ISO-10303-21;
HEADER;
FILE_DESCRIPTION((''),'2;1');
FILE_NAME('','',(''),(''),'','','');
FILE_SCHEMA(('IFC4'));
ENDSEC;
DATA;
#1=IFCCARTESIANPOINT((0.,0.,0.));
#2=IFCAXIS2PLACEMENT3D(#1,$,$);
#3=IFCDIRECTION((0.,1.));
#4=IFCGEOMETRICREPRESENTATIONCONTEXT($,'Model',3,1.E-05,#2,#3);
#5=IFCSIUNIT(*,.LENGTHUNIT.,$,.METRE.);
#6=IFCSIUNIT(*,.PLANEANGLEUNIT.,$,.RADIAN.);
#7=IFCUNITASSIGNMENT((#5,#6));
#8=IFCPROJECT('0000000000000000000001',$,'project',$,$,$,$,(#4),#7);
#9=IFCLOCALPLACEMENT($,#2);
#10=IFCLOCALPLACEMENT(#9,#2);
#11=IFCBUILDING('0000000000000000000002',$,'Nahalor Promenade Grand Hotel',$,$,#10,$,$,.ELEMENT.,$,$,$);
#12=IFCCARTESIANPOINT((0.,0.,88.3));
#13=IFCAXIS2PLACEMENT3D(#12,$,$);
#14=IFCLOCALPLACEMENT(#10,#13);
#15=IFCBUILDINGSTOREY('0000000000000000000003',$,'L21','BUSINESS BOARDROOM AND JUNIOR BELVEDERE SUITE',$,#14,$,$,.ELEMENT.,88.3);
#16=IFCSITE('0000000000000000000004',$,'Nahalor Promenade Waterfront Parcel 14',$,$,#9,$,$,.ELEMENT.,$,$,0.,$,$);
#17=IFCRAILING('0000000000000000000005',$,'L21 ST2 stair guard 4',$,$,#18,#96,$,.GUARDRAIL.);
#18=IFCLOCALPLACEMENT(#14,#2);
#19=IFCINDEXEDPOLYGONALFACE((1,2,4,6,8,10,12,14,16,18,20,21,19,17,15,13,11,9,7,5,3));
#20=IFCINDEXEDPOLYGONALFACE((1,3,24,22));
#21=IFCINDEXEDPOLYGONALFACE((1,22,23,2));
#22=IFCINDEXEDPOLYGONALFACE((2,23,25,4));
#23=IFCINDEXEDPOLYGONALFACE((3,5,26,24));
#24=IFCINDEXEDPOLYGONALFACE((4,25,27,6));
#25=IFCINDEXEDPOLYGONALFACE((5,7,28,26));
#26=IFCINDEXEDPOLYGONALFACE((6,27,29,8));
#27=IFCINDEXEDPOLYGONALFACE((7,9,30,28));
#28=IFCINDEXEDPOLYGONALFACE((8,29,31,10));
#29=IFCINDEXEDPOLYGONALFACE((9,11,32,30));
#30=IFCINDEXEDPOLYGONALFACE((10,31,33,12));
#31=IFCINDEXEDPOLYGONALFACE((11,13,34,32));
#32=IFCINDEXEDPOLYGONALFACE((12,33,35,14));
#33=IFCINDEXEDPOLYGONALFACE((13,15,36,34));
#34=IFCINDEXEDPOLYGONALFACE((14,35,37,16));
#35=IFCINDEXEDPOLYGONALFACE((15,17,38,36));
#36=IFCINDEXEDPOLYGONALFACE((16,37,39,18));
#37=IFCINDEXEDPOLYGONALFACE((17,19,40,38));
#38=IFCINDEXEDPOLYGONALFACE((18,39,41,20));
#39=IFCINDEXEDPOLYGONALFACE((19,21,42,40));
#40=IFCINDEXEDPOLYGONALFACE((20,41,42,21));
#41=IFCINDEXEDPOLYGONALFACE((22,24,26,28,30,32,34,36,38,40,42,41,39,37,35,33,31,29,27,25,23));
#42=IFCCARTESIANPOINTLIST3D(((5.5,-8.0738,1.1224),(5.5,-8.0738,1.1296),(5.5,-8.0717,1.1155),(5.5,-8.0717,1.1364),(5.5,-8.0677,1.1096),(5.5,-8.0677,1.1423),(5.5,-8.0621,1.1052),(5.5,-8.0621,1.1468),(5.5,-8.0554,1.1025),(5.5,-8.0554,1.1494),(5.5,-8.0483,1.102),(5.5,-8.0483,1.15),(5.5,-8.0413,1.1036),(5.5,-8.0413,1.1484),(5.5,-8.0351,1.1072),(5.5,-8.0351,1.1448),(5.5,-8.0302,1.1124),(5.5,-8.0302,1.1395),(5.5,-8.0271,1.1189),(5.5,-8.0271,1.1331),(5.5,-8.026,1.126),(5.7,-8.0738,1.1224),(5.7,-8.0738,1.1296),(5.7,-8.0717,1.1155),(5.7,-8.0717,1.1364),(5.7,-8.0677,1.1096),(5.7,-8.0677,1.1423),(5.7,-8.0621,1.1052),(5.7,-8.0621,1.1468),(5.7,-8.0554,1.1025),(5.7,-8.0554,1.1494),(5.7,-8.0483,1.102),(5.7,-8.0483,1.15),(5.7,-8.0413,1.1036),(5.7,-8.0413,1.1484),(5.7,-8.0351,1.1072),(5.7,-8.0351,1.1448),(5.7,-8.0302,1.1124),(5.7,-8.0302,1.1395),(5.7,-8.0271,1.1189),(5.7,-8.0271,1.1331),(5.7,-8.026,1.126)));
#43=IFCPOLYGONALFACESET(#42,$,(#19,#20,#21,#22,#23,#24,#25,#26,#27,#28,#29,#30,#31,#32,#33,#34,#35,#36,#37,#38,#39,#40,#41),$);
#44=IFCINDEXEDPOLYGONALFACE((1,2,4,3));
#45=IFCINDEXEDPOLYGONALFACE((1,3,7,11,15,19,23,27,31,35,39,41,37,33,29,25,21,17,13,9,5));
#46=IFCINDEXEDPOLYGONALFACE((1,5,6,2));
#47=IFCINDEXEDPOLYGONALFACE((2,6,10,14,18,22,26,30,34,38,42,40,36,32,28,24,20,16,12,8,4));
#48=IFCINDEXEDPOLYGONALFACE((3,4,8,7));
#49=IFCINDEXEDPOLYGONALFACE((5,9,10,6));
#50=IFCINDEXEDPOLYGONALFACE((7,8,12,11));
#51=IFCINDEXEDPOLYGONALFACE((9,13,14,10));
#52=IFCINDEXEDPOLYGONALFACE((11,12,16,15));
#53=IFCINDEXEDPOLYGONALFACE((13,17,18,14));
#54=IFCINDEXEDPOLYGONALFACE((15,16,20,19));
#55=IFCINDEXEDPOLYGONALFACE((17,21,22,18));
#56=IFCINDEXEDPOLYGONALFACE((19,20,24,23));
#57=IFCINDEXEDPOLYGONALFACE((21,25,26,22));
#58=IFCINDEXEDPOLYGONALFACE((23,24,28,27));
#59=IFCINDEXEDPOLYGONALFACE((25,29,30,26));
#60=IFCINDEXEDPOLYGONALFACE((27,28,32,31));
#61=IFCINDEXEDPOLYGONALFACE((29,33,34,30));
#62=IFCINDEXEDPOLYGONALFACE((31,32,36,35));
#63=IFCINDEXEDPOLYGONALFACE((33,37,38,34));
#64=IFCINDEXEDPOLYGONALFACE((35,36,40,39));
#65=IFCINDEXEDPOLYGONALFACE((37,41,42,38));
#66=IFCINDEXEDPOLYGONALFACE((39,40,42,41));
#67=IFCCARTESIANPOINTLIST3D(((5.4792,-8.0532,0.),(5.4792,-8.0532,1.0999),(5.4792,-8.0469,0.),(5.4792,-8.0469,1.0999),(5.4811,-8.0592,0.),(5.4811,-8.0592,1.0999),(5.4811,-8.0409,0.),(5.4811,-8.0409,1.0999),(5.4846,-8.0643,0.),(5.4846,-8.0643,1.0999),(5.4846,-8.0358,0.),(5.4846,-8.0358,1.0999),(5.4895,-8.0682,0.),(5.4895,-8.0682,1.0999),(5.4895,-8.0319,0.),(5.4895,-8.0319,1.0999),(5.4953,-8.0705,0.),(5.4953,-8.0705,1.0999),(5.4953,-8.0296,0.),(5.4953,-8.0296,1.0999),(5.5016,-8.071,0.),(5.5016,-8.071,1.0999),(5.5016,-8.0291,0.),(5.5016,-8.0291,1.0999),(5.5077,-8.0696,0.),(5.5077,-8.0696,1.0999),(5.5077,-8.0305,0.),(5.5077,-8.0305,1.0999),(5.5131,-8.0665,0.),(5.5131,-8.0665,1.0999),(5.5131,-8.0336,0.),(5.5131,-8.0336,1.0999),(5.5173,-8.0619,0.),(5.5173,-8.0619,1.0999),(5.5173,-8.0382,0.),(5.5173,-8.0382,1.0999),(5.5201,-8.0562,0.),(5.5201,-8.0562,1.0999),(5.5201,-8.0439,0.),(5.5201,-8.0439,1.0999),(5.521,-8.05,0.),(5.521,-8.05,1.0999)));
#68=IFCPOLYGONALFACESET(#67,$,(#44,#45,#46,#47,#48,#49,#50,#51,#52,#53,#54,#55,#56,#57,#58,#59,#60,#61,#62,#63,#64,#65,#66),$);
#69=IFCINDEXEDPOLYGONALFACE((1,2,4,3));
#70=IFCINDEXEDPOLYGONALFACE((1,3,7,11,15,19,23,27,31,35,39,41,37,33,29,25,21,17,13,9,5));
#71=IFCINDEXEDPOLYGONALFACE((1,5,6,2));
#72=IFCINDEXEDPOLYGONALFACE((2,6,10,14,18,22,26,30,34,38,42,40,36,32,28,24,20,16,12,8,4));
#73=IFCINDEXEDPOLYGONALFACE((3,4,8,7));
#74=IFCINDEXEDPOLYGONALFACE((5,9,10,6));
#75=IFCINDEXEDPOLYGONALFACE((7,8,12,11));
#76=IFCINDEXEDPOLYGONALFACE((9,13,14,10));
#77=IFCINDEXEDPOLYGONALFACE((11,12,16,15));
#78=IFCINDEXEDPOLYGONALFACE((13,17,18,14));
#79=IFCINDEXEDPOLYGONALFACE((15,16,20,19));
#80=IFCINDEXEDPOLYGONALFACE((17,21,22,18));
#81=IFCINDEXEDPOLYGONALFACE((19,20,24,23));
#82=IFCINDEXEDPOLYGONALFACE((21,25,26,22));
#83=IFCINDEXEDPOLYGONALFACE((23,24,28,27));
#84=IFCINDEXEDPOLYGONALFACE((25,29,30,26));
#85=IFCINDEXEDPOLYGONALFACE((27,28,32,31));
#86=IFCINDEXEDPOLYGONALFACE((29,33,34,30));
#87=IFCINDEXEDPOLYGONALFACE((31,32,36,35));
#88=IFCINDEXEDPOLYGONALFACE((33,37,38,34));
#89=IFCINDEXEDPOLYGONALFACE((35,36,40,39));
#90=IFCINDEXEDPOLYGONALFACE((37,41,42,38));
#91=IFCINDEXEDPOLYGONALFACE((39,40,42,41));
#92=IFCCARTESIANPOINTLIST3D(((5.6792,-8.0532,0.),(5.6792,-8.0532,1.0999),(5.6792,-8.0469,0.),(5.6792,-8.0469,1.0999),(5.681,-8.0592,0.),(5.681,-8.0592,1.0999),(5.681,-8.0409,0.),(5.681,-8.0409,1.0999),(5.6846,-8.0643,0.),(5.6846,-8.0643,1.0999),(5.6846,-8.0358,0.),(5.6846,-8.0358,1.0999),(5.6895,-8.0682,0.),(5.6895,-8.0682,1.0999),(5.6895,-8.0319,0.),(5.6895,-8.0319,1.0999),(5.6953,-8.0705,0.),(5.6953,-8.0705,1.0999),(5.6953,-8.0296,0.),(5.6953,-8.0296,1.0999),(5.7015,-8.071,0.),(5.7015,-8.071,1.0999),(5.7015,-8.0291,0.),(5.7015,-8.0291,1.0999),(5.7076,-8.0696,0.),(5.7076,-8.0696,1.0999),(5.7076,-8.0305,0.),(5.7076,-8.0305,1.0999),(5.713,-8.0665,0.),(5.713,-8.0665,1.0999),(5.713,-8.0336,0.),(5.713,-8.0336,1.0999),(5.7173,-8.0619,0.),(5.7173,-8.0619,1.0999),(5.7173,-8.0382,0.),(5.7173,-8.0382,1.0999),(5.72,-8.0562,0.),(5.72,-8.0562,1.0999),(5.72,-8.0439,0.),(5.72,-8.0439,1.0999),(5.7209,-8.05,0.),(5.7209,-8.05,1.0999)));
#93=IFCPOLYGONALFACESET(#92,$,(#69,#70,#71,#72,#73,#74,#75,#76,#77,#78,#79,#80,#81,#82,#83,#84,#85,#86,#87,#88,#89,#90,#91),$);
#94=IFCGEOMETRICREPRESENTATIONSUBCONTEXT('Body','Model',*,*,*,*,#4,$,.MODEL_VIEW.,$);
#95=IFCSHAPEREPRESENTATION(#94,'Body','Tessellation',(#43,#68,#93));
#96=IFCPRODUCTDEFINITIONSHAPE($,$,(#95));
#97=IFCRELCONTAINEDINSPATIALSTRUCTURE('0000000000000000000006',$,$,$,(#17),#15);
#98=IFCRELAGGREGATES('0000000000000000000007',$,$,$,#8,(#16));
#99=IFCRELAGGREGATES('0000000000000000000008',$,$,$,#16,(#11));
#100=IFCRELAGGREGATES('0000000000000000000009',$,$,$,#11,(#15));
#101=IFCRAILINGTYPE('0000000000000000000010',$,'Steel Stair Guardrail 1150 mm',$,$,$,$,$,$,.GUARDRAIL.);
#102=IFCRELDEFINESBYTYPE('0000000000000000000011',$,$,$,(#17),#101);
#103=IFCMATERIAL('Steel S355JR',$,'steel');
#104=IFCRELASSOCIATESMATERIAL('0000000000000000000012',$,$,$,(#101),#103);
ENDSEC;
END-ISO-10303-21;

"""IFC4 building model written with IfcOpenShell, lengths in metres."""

from ifc_helpers import new_model, si_unit, direction, frame, origin, origin_2d, place, context, subcontext, project, spatial, circle, extrude, material, type_object, element, save


model = new_model("IFC4")

# Units and contexts
model_context = context("Model", 3, precision=1e-05, world=origin(), true_north=direction((0.0, 1.0)))
body_context = subcontext(model_context, "Body", "Model", "MODEL_VIEW")
ifc_project = project(units=[si_unit("LENGTHUNIT", "METRE"), si_unit("PLANEANGLEUNIT", "RADIAN")], contexts=[model_context])

# Site, building, storey
site_placement = place(None, origin())
site = spatial("IfcSite", under=ifc_project, at=site_placement, Name="Nahalor Promenade Waterfront Parcel 14", CompositionType="ELEMENT", RefElevation=0.0)
building_placement = place(site_placement, origin())
building = spatial("IfcBuilding", under=site, at=building_placement, Name="Nahalor Promenade Grand Hotel", CompositionType="ELEMENT")
storey_placement = place(building_placement, frame((0.0, 0.0, 88.3)))
storey = spatial("IfcBuildingStorey", under=building, at=storey_placement, Name="L21", Description="BUSINESS BOARDROOM AND JUNIOR BELVEDERE SUITE", CompositionType="ELEMENT", Elevation=88.3)

# Shared definitions
ifc_material_1 = material(Name="Steel S355JR", Category="steel")

# Railing
railing_type_1 = type_object("IfcRailingType", Name="Steel Stair Guardrail 1150 mm", PredefinedType="GUARDRAIL", material=ifc_material_1)
railing_1_placement = place(storey_placement, frame((5.5, -8.05, 0.0)))
element("IfcRailing", 1, at=railing_1_placement, inside=storey, type_object=railing_type_1, Name="L21 ST2 stair guard 4", PredefinedType="GUARDRAIL", context=body_context, shape_type="SweptSolid", body=[
    extrude(circle(Radius=0.024, at=origin_2d()), frame((0.0, 0.0, 1.126), z_axis=(1.0, 0.0, 0.0), x_axis=(0.0, 1.0, 0.0)), (0.0, 0.0, 1.0), 0.2),
    extrude(circle(Radius=0.021, at=origin_2d()), origin(), (0.0, 0.0, 1.0), 1.0999),
    extrude(circle(Radius=0.021, at=origin_2d()), frame((0.2, 0.0, 0.0)), (0.0, 0.0, 1.0), 1.0999),
])

save(model, "model.ifc")
